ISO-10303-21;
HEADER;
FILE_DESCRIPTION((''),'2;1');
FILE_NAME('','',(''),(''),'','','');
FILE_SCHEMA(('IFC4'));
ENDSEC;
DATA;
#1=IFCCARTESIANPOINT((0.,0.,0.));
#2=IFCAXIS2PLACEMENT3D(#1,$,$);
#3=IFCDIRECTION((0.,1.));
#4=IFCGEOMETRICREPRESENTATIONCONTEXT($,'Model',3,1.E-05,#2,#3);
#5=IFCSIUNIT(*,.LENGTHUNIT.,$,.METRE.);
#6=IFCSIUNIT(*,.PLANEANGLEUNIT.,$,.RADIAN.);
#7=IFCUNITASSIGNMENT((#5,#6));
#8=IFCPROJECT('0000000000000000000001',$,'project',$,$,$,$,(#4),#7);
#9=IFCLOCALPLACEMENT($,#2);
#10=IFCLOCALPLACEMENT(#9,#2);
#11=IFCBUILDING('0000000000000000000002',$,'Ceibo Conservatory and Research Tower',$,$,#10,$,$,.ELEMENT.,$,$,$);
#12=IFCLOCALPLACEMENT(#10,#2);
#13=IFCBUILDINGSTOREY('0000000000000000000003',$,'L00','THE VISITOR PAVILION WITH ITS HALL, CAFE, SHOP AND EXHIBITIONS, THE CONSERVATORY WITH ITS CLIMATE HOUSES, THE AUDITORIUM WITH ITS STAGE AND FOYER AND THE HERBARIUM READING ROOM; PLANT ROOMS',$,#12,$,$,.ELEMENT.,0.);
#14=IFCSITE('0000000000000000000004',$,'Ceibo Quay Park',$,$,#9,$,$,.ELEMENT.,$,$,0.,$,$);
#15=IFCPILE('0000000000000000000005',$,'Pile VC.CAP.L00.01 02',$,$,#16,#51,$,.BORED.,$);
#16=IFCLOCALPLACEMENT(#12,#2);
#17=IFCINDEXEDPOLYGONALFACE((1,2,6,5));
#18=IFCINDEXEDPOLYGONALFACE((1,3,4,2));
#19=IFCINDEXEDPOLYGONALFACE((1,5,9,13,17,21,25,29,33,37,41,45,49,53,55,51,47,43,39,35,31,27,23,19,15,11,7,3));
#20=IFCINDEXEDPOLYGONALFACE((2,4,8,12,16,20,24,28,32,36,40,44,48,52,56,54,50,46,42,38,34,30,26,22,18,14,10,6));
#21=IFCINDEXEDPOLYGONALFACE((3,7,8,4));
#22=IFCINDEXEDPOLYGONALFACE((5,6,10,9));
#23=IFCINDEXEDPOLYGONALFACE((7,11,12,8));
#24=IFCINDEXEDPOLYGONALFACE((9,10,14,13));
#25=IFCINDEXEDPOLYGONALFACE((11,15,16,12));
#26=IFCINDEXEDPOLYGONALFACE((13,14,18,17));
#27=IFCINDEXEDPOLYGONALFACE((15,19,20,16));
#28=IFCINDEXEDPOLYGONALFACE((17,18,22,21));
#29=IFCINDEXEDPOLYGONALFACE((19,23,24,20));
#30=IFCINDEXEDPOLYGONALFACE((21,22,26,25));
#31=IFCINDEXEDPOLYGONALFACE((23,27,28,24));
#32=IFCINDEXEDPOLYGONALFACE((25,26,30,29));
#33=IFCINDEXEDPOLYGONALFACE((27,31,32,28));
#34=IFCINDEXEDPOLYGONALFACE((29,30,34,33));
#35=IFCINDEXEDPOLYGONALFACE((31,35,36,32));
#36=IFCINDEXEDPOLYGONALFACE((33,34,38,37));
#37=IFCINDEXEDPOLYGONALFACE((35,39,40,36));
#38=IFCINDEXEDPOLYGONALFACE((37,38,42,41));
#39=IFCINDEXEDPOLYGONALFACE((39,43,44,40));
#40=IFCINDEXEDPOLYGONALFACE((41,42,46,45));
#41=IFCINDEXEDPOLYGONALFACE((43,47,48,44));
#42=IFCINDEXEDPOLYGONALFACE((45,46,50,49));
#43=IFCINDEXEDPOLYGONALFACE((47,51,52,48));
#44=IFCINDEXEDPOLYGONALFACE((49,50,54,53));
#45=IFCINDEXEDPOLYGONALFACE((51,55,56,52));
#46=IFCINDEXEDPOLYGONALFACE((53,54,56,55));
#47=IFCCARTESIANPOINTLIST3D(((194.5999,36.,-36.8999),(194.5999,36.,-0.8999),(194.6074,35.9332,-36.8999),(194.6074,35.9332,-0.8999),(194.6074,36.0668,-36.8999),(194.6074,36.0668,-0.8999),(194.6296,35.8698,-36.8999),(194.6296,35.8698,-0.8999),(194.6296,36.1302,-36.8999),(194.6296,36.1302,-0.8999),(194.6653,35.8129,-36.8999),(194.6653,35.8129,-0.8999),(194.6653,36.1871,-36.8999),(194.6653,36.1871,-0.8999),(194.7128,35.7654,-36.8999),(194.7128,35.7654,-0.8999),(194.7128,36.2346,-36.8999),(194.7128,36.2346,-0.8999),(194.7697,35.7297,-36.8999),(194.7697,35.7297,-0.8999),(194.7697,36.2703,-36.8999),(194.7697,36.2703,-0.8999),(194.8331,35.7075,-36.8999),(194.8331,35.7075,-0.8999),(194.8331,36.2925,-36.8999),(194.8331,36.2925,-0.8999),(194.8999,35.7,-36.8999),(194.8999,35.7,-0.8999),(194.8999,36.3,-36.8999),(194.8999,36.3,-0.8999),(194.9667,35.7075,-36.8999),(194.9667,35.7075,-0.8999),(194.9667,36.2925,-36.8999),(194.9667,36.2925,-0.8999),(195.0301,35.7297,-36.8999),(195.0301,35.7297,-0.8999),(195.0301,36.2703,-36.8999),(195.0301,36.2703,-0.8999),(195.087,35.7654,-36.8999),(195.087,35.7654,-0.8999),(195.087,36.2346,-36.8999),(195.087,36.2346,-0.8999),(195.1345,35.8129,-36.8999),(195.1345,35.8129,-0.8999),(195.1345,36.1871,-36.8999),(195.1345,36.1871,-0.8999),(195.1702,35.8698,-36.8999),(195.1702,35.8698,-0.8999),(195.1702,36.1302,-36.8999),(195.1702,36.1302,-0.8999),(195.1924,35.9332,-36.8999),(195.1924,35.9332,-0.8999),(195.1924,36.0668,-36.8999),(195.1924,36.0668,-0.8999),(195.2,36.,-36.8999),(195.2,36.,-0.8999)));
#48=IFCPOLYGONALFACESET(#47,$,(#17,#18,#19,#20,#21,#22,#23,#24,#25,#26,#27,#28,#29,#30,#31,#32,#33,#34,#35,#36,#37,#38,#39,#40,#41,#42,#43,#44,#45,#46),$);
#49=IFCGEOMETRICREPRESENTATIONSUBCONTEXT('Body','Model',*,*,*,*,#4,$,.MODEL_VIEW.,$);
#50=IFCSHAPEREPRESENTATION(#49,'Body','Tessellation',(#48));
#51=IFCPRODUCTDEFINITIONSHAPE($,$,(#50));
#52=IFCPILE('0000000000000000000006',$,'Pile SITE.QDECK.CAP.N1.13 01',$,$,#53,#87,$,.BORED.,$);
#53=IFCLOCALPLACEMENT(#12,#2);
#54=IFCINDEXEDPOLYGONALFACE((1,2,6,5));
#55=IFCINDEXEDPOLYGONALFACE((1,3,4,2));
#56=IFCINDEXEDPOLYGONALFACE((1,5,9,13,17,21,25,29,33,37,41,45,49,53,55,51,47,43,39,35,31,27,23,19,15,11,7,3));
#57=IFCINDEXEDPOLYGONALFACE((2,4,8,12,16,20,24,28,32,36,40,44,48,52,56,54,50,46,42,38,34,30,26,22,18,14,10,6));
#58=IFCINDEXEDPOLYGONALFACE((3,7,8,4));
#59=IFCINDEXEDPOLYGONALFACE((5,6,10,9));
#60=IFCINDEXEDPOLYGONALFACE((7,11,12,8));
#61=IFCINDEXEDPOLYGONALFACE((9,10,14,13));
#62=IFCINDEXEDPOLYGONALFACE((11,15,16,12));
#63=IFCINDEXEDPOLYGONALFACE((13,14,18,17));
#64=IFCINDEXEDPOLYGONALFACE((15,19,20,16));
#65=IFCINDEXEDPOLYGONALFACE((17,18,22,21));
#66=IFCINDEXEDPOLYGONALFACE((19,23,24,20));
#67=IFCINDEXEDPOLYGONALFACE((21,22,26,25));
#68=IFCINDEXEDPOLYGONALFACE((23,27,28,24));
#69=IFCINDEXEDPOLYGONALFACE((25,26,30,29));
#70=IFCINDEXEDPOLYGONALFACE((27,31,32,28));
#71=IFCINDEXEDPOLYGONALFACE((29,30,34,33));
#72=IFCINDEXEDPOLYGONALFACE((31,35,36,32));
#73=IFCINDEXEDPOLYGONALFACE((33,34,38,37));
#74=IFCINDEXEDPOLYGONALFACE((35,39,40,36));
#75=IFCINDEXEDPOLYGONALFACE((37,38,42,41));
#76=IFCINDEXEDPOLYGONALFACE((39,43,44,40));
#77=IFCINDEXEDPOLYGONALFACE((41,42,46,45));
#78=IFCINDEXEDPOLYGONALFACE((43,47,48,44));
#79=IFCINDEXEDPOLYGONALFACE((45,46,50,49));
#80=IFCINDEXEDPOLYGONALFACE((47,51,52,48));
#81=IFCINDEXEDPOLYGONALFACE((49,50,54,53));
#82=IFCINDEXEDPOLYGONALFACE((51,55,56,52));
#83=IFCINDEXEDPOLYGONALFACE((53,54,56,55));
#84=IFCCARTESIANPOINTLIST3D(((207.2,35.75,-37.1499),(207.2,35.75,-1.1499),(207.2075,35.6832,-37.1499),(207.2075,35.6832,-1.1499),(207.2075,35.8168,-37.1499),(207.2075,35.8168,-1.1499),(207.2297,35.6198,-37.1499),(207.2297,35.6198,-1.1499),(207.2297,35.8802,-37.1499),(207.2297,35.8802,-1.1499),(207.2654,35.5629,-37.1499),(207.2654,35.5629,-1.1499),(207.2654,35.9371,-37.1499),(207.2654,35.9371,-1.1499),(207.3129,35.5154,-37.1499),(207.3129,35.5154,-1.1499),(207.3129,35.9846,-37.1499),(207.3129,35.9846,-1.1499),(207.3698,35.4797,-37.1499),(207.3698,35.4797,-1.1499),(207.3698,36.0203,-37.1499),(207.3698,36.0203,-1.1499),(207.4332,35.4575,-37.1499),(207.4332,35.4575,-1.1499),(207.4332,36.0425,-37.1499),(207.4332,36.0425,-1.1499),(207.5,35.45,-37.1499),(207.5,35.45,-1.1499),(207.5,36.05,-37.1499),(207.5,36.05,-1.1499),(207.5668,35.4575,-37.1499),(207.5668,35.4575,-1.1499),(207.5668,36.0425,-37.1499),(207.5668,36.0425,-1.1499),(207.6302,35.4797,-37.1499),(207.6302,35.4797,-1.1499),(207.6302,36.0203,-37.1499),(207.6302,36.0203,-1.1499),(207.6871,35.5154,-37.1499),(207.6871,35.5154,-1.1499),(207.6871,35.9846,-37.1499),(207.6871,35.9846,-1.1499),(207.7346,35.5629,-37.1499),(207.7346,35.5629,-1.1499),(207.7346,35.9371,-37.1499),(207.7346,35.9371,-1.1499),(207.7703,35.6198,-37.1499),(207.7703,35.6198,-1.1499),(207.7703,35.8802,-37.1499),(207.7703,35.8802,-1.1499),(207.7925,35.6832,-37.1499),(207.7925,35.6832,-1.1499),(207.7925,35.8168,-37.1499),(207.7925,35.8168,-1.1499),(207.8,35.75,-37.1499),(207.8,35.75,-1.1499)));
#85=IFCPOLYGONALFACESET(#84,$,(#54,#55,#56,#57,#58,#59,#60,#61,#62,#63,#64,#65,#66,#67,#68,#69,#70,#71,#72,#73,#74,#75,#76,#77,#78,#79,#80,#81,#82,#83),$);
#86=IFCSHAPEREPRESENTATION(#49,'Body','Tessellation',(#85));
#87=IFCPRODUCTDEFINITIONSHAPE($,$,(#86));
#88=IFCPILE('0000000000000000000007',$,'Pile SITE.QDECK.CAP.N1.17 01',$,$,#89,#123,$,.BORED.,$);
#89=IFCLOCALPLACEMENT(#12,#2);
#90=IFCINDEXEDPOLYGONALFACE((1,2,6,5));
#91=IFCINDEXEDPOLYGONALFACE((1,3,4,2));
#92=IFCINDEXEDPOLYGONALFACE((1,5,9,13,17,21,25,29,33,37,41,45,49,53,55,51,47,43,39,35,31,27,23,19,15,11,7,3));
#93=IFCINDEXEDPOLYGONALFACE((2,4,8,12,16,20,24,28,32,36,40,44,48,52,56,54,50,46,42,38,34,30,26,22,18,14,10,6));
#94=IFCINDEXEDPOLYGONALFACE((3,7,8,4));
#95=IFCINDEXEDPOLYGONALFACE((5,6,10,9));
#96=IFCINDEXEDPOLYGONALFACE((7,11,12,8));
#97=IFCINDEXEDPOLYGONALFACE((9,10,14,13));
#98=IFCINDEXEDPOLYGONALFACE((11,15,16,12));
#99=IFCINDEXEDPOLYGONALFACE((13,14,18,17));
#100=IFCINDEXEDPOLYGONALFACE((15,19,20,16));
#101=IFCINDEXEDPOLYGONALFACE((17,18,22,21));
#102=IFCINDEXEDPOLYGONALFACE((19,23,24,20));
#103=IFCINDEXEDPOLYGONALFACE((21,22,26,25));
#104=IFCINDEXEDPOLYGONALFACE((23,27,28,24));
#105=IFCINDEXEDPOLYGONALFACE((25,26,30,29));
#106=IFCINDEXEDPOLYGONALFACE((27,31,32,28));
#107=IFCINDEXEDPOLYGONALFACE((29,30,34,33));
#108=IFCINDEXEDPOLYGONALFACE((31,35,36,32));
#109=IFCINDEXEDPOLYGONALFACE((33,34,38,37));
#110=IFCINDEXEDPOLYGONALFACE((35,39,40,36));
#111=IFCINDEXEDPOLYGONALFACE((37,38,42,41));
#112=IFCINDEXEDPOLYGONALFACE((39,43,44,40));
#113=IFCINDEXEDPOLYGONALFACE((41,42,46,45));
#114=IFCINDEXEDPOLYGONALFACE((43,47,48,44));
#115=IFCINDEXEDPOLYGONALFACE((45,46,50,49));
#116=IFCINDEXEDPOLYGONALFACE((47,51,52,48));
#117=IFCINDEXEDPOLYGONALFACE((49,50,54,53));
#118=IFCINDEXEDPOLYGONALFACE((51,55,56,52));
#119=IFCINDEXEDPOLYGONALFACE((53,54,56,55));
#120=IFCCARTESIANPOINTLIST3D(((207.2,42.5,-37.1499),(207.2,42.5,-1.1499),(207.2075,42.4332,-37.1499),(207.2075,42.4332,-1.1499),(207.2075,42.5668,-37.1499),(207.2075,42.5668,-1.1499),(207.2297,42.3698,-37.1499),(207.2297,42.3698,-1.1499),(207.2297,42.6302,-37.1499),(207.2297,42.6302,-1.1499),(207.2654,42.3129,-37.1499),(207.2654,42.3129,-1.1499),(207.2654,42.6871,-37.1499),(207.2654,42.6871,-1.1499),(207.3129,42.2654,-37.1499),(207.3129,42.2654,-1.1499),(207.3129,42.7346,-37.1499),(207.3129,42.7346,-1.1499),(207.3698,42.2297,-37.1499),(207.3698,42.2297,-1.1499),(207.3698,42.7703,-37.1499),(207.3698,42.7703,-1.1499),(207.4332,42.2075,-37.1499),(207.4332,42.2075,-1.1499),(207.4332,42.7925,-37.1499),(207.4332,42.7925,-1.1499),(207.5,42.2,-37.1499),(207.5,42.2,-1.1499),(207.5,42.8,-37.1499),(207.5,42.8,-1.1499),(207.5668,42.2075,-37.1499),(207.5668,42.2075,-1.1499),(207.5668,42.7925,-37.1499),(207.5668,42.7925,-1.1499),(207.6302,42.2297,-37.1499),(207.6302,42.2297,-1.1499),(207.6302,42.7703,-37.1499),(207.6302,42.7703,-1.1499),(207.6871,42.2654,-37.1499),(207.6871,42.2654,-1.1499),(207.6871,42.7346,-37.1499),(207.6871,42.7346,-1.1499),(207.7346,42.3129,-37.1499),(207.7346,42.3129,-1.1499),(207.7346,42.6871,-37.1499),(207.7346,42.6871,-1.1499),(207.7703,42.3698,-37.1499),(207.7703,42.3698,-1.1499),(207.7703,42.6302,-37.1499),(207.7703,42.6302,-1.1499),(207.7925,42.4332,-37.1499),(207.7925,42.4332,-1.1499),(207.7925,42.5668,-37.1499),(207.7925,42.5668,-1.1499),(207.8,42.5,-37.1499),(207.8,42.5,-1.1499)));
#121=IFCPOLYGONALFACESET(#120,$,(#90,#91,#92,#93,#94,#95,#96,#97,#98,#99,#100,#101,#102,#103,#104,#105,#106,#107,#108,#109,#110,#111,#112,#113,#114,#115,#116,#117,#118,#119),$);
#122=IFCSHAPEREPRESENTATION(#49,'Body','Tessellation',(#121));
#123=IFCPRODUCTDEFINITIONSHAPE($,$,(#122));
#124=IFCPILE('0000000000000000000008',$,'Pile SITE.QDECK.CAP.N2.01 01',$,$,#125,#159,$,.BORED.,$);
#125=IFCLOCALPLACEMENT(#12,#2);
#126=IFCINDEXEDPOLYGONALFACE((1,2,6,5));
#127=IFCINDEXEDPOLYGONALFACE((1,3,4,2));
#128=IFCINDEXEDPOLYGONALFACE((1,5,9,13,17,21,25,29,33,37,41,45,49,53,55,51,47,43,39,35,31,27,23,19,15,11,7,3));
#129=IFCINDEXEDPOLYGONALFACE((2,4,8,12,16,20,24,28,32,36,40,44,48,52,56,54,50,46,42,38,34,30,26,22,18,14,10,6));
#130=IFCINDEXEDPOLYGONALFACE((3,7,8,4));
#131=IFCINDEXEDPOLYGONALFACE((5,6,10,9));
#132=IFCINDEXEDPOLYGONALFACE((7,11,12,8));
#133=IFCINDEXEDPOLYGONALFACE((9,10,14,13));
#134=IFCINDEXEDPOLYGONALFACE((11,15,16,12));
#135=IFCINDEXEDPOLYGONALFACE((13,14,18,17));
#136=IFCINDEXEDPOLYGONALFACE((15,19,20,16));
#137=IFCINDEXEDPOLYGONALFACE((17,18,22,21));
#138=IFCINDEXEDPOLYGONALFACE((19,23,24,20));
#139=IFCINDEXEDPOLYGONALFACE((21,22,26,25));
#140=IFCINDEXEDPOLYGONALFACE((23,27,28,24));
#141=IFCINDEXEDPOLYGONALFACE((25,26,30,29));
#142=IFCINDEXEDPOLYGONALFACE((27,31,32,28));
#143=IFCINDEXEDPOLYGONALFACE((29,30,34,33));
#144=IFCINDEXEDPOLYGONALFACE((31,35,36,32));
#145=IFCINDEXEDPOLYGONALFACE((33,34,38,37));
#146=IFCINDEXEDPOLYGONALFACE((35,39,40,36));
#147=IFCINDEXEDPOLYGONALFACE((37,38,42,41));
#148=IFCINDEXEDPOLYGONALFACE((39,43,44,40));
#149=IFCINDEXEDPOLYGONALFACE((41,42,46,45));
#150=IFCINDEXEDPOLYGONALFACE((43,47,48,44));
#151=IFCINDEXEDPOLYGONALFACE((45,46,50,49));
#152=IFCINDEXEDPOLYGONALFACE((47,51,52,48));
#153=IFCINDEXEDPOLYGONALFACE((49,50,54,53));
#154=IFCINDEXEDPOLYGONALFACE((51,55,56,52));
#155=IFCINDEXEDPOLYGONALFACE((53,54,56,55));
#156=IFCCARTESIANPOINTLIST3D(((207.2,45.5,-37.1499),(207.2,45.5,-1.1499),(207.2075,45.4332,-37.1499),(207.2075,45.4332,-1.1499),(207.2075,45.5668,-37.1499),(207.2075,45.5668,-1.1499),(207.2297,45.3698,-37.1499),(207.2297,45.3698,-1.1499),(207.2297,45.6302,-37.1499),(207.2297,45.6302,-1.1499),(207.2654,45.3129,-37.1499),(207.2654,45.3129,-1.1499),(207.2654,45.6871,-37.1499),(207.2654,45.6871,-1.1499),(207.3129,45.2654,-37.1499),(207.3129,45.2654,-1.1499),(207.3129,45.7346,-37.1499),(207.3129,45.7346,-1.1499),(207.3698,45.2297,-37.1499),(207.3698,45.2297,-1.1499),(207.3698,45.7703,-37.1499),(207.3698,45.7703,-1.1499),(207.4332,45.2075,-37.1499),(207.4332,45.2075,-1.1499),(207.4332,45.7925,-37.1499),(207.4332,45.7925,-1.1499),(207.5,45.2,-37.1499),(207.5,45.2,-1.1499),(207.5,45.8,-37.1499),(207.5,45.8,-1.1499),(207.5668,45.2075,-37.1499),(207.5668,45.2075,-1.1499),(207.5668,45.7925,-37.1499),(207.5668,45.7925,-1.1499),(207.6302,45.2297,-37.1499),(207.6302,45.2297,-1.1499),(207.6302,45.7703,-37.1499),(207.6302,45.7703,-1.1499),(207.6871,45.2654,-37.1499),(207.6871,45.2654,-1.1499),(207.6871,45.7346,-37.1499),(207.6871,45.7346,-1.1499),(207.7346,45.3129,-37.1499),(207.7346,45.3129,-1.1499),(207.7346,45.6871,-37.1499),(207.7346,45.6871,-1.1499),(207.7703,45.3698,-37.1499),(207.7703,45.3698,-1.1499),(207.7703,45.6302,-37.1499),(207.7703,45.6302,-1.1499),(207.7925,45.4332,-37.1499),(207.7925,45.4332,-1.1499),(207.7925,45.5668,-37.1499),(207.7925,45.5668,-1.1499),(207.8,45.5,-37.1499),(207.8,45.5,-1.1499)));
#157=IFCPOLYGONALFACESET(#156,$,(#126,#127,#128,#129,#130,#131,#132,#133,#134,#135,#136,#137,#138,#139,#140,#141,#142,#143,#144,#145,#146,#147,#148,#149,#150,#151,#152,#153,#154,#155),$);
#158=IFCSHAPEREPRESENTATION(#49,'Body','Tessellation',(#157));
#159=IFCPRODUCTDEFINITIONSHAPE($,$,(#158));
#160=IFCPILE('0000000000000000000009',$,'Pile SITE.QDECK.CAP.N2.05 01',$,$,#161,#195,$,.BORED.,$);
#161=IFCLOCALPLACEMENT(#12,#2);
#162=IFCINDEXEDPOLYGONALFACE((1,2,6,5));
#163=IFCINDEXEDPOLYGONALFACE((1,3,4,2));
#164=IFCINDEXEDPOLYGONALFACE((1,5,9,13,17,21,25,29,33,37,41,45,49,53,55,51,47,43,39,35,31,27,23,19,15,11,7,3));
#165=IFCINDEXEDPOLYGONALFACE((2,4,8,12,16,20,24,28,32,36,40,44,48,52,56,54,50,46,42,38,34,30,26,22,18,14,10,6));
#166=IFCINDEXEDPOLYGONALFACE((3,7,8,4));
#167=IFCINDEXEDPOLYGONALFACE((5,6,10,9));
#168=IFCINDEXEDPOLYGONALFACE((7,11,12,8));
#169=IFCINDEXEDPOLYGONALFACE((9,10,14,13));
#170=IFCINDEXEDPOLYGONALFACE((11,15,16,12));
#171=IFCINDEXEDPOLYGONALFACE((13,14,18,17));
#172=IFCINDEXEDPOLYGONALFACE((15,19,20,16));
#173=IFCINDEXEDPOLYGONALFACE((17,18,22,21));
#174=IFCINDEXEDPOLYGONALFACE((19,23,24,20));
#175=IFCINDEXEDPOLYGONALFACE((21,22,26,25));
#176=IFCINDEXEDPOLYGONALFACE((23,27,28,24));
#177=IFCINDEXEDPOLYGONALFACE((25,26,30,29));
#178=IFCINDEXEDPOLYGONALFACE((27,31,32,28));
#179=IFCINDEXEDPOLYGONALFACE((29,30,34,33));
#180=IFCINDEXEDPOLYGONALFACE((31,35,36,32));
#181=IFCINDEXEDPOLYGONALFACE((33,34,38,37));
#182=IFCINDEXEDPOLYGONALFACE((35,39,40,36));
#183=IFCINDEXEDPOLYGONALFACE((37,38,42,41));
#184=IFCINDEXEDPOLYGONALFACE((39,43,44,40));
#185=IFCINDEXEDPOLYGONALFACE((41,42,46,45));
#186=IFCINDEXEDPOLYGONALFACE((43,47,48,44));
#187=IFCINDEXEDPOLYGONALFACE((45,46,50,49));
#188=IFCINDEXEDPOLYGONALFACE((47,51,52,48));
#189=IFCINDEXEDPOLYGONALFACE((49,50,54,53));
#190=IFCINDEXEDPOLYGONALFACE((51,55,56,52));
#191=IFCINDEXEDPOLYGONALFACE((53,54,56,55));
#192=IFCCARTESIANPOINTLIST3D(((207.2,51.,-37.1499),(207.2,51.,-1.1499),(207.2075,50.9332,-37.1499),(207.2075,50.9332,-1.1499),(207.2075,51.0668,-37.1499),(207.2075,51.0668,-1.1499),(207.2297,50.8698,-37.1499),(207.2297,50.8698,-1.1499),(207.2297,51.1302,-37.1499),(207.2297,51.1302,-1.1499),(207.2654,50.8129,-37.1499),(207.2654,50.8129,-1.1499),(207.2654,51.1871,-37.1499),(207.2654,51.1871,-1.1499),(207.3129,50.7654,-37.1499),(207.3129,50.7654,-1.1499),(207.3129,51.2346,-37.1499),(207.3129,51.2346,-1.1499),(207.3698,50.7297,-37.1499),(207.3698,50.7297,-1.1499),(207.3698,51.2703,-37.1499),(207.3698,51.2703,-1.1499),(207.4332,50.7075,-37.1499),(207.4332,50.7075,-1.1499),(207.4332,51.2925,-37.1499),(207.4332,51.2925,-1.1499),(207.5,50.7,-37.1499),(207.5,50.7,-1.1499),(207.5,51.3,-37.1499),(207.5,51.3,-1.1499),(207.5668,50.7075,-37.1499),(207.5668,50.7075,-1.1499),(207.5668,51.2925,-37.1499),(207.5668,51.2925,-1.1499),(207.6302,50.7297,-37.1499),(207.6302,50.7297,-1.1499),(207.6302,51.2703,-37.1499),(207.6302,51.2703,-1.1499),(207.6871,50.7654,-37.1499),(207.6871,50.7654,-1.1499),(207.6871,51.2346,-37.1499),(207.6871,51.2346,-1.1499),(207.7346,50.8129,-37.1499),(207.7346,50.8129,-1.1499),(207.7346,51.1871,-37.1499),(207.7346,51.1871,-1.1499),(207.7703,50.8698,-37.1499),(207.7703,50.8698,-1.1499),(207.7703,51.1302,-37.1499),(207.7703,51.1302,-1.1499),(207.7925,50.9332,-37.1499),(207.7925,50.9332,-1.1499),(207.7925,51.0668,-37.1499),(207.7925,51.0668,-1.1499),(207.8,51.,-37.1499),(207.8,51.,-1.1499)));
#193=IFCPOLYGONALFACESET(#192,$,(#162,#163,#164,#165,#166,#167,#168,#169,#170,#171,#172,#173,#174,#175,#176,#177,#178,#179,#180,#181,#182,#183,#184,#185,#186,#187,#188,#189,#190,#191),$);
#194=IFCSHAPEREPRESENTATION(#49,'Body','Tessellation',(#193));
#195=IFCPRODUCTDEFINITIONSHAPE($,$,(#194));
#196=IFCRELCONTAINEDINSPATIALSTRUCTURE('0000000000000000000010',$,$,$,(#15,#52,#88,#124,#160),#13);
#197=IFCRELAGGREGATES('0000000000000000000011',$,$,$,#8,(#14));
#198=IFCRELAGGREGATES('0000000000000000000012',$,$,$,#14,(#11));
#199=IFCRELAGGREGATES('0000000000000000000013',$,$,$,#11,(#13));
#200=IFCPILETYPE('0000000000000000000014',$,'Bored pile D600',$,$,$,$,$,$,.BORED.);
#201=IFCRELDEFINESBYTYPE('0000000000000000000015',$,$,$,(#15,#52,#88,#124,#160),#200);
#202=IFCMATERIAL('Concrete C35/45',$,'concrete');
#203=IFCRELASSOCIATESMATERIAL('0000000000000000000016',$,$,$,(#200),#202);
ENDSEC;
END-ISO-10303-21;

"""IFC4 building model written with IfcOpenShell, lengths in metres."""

from ifc_helpers import new_model, si_unit, direction, frame, origin, origin_2d, place, context, subcontext, project, spatial, circle, extrude, material, material_profile, profile_set, type_object, element, save


model = new_model("IFC4")

# Units and contexts
model_context = context("Model", 3, precision=1e-05, world=origin(), true_north=direction((0.0, 1.0)))
body_context = subcontext(model_context, "Body", "Model", "MODEL_VIEW")
ifc_project = project(units=[si_unit("LENGTHUNIT", "METRE"), si_unit("PLANEANGLEUNIT", "RADIAN")], contexts=[model_context])

# Site, building, storey
site_placement = place(None, origin())
site = spatial("IfcSite", under=ifc_project, at=site_placement, Name="Ceibo Quay Park", CompositionType="ELEMENT", RefElevation=0.0)
building_placement = place(site_placement, origin())
building = spatial("IfcBuilding", under=site, at=building_placement, Name="Ceibo Conservatory and Research Tower", CompositionType="ELEMENT")
storey_placement = place(building_placement, origin())
storey = spatial("IfcBuildingStorey", under=building, at=storey_placement, Name="L00", Description="THE VISITOR PAVILION WITH ITS HALL, CAFE, SHOP AND EXHIBITIONS, THE CONSERVATORY WITH ITS CLIMATE HOUSES, THE AUDITORIUM WITH ITS STAGE AND FOYER AND THE HERBARIUM READING ROOM; PLANT ROOMS", CompositionType="ELEMENT", Elevation=0.0)

# Piles
ifc_material_1 = material(Name="Concrete C35/45", Category="concrete")
ifc_material_profile_1 = material_profile(ifc_material_1, circle(Radius=0.3, at=origin_2d()), Name="RC D600")
ifc_profile_set_1 = profile_set([ifc_material_profile_1], Name="Concrete C35/45")
pile_type = type_object("IfcPileType", Name="Bored pile D600", PredefinedType="BORED", material=ifc_profile_set_1)
for number, where, z_axis, x_axis, name in (
    (1, (194.8999, 36.0, -0.8999), (0.0, 0.0, -1.0), (1.0, 0.0, 0.0), "Pile VC.CAP.L00.01 02"),
    (2, (207.5, 35.75, -1.1499), (0.0, 0.0, -1.0), (1.0, 0.0, 0.0), "Pile SITE.QDECK.CAP.N1.13 01"),
    (3, (207.5, 42.5, -1.1499), (0.0, 0.0, -1.0), (1.0, 0.0, 0.0), "Pile SITE.QDECK.CAP.N1.17 01"),
    (4, (207.5, 45.5, -1.1499), (0.0, 0.0, -1.0), (1.0, 0.0, 0.0), "Pile SITE.QDECK.CAP.N2.01 01"),
    (5, (207.5, 51.0, -1.1499), (0.0, 0.0, -1.0), (1.0, 0.0, 0.0), "Pile SITE.QDECK.CAP.N2.05 01"),
):
    element("IfcPile", number, at=place(storey_placement, frame(where, z_axis=z_axis, x_axis=x_axis)), inside=storey, type_object=pile_type, Name=name, PredefinedType="BORED", context=body_context, shape_type="SweptSolid", body=[
        extrude(circle(Radius=0.3, at=origin_2d()), origin(), (0.0, 0.0, 1.0), 36.0),
    ])

save(model, "model.ifc")
